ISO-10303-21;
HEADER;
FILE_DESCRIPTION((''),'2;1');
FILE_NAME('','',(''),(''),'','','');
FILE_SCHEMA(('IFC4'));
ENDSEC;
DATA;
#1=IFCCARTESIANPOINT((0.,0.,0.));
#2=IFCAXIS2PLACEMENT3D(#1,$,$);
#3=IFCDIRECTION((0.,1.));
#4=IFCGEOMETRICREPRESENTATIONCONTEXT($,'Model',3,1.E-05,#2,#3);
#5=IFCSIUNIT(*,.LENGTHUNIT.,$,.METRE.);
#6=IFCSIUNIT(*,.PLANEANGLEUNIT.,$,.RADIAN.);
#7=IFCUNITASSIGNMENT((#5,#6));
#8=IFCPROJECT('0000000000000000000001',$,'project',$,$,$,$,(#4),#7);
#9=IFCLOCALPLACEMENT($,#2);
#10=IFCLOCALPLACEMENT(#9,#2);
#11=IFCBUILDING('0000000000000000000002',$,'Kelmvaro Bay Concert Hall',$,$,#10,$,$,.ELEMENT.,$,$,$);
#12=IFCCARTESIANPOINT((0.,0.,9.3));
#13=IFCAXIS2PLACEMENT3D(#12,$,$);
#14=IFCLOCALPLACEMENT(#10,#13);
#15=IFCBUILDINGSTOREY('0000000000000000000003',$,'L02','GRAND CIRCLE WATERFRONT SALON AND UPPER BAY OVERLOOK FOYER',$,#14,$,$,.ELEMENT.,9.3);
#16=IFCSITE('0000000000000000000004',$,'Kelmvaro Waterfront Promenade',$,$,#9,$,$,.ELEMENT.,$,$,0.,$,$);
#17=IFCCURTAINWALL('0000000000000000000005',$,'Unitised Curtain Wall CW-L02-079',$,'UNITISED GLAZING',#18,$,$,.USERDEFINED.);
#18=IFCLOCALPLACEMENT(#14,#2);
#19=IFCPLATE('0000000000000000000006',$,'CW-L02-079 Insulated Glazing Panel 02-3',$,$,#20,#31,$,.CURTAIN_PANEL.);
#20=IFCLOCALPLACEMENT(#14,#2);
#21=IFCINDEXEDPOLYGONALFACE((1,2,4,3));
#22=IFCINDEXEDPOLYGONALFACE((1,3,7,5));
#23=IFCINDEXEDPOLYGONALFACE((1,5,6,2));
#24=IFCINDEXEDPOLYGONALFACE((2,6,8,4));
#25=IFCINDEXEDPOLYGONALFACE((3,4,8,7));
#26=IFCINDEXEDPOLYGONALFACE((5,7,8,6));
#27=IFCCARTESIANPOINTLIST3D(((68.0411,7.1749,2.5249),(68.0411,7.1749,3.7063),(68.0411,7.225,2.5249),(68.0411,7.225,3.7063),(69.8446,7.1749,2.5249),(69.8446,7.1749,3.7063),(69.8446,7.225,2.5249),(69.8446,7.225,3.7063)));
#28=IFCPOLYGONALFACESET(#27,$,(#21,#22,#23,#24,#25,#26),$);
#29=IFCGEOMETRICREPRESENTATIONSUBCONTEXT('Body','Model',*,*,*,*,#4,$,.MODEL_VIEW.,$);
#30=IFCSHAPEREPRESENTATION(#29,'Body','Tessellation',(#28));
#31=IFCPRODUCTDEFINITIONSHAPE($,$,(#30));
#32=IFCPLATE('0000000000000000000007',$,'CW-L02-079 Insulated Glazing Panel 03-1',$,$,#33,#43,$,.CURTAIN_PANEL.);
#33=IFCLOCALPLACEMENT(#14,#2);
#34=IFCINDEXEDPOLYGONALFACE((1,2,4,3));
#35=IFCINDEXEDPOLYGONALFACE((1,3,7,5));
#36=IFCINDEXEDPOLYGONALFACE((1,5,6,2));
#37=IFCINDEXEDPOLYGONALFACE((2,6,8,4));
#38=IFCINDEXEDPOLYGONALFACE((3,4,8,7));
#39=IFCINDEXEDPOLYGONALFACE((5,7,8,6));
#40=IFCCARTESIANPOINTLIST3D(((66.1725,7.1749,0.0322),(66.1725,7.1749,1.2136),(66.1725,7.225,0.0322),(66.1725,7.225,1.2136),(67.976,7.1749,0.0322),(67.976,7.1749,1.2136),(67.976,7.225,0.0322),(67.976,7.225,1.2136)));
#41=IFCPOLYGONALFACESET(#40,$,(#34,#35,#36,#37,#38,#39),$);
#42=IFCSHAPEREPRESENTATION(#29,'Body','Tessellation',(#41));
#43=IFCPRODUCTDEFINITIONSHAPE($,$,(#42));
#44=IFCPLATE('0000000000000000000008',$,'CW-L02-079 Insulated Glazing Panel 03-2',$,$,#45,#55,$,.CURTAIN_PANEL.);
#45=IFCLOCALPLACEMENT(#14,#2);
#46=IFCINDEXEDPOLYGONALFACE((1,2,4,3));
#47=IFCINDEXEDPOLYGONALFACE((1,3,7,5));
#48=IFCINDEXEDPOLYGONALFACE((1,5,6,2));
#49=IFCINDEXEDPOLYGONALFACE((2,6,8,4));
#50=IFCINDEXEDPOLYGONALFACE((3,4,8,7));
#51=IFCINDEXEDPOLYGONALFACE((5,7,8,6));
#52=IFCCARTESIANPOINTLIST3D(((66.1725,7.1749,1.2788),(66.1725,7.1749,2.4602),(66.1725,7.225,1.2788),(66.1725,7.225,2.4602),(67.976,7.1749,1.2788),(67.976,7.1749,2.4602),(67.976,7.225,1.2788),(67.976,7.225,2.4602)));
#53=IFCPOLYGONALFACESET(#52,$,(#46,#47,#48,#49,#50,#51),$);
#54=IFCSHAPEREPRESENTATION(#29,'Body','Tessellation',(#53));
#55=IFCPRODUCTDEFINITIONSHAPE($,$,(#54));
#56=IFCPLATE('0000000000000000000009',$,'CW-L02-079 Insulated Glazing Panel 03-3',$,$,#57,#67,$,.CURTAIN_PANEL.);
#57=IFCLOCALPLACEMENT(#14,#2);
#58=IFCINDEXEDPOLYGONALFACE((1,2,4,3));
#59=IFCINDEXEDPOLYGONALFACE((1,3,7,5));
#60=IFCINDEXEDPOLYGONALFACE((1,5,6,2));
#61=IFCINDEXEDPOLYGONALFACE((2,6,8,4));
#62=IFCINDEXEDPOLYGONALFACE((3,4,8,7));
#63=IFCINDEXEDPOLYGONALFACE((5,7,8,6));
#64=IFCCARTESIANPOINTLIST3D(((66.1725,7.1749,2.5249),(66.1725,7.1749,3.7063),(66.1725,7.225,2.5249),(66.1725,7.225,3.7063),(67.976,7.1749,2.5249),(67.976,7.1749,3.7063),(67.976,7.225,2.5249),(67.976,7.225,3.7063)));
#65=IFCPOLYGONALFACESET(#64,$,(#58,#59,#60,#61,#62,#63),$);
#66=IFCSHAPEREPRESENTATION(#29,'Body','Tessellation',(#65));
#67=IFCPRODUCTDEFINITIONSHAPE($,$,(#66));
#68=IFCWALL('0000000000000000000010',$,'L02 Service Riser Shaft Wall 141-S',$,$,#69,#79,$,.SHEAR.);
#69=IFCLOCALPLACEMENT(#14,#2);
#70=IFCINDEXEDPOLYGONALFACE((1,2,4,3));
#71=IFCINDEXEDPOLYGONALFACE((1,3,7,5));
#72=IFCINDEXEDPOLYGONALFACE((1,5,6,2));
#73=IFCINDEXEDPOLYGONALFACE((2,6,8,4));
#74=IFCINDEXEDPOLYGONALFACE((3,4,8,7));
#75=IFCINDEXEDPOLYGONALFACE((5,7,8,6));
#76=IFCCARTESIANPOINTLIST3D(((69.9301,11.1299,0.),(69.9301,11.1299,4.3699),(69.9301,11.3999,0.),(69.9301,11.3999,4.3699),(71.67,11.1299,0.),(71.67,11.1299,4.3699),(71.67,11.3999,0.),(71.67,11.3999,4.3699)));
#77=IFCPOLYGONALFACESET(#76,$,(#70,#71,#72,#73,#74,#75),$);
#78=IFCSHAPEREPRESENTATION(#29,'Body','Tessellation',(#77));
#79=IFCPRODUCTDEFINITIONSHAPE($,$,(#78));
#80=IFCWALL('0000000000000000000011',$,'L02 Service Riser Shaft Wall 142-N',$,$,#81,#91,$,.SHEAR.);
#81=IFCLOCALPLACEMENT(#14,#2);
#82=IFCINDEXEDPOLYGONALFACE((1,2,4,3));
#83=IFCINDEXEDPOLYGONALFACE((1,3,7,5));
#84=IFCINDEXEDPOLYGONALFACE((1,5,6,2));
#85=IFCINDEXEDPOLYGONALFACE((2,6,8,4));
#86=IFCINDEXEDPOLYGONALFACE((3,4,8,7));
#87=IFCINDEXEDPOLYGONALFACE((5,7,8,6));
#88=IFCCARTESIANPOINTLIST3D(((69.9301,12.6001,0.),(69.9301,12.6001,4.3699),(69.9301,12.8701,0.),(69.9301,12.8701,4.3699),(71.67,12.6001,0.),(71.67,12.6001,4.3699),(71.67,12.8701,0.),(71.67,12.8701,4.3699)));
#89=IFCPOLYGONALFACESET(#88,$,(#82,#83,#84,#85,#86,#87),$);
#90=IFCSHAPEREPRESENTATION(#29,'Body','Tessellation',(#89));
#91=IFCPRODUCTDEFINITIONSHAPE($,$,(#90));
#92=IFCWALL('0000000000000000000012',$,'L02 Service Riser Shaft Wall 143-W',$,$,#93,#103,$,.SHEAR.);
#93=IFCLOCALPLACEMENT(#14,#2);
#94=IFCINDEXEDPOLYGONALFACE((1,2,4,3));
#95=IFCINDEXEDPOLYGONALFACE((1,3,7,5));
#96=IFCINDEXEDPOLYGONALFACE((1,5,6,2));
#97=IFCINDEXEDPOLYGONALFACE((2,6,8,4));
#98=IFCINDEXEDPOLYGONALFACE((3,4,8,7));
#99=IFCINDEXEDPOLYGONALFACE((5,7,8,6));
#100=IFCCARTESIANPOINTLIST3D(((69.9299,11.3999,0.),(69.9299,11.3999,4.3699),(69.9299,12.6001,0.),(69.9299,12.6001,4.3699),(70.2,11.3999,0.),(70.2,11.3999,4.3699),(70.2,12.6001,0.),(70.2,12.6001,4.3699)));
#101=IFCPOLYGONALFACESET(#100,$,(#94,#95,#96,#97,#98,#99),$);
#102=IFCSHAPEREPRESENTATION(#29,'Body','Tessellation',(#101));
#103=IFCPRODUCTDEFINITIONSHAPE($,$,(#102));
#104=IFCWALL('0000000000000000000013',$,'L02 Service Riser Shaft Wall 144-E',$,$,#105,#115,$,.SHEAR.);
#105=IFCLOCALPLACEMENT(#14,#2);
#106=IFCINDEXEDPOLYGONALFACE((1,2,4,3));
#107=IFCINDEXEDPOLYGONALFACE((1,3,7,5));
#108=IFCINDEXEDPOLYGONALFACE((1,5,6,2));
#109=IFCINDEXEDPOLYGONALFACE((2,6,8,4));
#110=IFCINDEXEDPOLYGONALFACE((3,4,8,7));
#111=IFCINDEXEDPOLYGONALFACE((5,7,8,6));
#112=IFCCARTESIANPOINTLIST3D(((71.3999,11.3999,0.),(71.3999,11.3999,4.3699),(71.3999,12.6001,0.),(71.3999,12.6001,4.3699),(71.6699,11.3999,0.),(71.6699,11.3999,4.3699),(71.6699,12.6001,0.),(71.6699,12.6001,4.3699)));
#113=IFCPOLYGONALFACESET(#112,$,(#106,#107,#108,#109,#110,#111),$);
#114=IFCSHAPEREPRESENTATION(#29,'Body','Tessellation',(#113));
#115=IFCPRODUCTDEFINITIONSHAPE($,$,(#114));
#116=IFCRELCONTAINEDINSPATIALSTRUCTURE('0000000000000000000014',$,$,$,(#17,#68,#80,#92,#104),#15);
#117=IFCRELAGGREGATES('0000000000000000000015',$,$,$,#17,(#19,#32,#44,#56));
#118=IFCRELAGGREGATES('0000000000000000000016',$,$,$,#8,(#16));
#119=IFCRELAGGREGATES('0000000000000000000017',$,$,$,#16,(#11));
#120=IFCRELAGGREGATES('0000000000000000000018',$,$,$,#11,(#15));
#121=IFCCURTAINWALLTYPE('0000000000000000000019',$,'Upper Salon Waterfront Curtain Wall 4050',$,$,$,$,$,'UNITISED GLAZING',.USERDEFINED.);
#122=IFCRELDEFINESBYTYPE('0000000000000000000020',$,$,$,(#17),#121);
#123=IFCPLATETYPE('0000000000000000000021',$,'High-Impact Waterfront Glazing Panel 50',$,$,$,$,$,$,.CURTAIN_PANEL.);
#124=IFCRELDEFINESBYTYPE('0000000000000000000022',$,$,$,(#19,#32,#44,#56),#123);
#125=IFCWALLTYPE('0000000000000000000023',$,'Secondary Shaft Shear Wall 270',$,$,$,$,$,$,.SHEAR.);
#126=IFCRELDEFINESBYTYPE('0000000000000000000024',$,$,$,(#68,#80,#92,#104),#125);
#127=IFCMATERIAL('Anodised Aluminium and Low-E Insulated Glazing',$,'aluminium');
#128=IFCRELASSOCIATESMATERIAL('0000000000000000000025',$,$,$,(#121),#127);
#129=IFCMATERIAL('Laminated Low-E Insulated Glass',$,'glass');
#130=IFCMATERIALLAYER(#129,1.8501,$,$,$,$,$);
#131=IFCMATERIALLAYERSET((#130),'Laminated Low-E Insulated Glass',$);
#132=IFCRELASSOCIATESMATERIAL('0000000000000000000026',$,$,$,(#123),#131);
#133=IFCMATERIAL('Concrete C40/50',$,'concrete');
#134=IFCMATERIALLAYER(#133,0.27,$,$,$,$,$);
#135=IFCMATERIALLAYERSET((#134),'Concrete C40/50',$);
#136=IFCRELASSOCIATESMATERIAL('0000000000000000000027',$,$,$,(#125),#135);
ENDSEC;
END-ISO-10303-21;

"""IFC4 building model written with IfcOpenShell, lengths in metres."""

from ifc_helpers import new_model, si_unit, direction, frame, frame_2d, origin, origin_2d, place, context, subcontext, project, spatial, rectangle, extrude, material, layer, layer_set, type_object, element, aggregate, save


model = new_model("IFC4")

# Units and contexts
model_context = context("Model", 3, precision=1e-05, world=origin(), true_north=direction((0.0, 1.0)))
body_context = subcontext(model_context, "Body", "Model", "MODEL_VIEW")
ifc_project = project(units=[si_unit("LENGTHUNIT", "METRE"), si_unit("PLANEANGLEUNIT", "RADIAN")], contexts=[model_context])

# Site, building, storey
site_placement = place(None, origin())
site = spatial("IfcSite", under=ifc_project, at=site_placement, Name="Kelmvaro Waterfront Promenade", CompositionType="ELEMENT", RefElevation=0.0)
building_placement = place(site_placement, origin())
building = spatial("IfcBuilding", under=site, at=building_placement, Name="Kelmvaro Bay Concert Hall", CompositionType="ELEMENT")
storey_placement = place(building_placement, frame((0.0, 0.0, 9.3)))
storey = spatial("IfcBuildingStorey", under=building, at=storey_placement, Name="L02", Description="GRAND CIRCLE WATERFRONT SALON AND UPPER BAY OVERLOOK FOYER", CompositionType="ELEMENT", Elevation=9.3)

# Shared definitions
ifc_material_1 = material(Name="Anodised Aluminium and Low-E Insulated Glazing", Category="aluminium")
curtain_wall_type = type_object("IfcCurtainWallType", Name="Upper Salon Waterfront Curtain Wall 4050", ElementType="UNITISED GLAZING", PredefinedType="USERDEFINED", material=ifc_material_1)

# Curtain wall
curtain_wall_1_placement = place(storey_placement, origin())
curtain_wall_1 = element("IfcCurtainWall", 1, at=curtain_wall_1_placement, inside=storey, type_object=curtain_wall_type, Name="Unitised Curtain Wall CW-L02-079", ObjectType="UNITISED GLAZING", PredefinedType="USERDEFINED")

# Plates
ifc_material_2 = material(Name="Laminated Low-E Insulated Glass", Category="glass")
ifc_layer_1 = layer(ifc_material_2, 1.8501)
ifc_layer_set_1 = layer_set([ifc_layer_1], Name="Laminated Low-E Insulated Glass")
plate_type = type_object("IfcPlateType", Name="High-Impact Waterfront Glazing Panel 50", PredefinedType="CURTAIN_PANEL", material=ifc_layer_set_1)
plate_1_placement = place(storey_placement, frame((68.9429, 7.2, 2.5249), z_axis=(0.0, 0.0, 1.0), x_axis=(-1.0, 0.0, 0.0)))
plate_1 = element("IfcPlate", 2, at=plate_1_placement, type_object=plate_type, Name="CW-L02-079 Insulated Glazing Panel 02-3", PredefinedType="CURTAIN_PANEL", context=body_context, shape_type="SweptSolid", body=[
    extrude(rectangle(XDim=1.8035, YDim=0.05, at=origin_2d()), origin(), (0.0, 0.0, 1.0), 1.1814),
])
plate_2_placement = place(storey_placement, frame((67.0742, 7.2, 0.0322), z_axis=(0.0, 0.0, 1.0), x_axis=(-1.0, 0.0, 0.0)))
plate_2 = element("IfcPlate", 3, at=plate_2_placement, type_object=plate_type, Name="CW-L02-079 Insulated Glazing Panel 03-1", PredefinedType="CURTAIN_PANEL", context=body_context, shape_type="SweptSolid", body=[
    extrude(rectangle(XDim=1.8035, YDim=0.05, at=origin_2d()), origin(), (0.0, 0.0, 1.0), 1.1814),
])
plate_3_placement = place(storey_placement, frame((67.0742, 7.2, 1.2788), z_axis=(0.0, 0.0, 1.0), x_axis=(-1.0, 0.0, 0.0)))
plate_3 = element("IfcPlate", 4, at=plate_3_placement, type_object=plate_type, Name="CW-L02-079 Insulated Glazing Panel 03-2", PredefinedType="CURTAIN_PANEL", context=body_context, shape_type="SweptSolid", body=[
    extrude(rectangle(XDim=1.8035, YDim=0.05, at=origin_2d()), origin(), (0.0, 0.0, 1.0), 1.1814),
])
plate_4_placement = place(storey_placement, frame((67.0742, 7.2, 2.5249), z_axis=(0.0, 0.0, 1.0), x_axis=(-1.0, 0.0, 0.0)))
plate_4 = element("IfcPlate", 5, at=plate_4_placement, type_object=plate_type, Name="CW-L02-079 Insulated Glazing Panel 03-3", PredefinedType="CURTAIN_PANEL", context=body_context, shape_type="SweptSolid", body=[
    extrude(rectangle(XDim=1.8035, YDim=0.05, at=origin_2d()), origin(), (0.0, 0.0, 1.0), 1.1814),
])
aggregate(curtain_wall_1, [plate_1, plate_2, plate_3, plate_4])

# Walls
ifc_material_3 = material(Name="Concrete C40/50", Category="concrete")
ifc_layer_2 = layer(ifc_material_3, 0.27)
ifc_layer_set_2 = layer_set([ifc_layer_2], Name="Concrete C40/50")
wall_type = type_object("IfcWallType", Name="Secondary Shaft Shear Wall 270", PredefinedType="SHEAR", material=ifc_layer_set_2)
for number, where, z_axis, x_axis, name in (
    (6, (69.9299, 11.2649, 0.0), (0.0, 0.0, 1.0), (1.0, 0.0, 0.0), "L02 Service Riser Shaft Wall 141-S"),
    (7, (69.9299, 12.7351, 0.0), (0.0, 0.0, 1.0), (1.0, 0.0, 0.0), "L02 Service Riser Shaft Wall 142-N"),
):
    element("IfcWall", number, at=place(storey_placement, frame(where, z_axis=z_axis, x_axis=x_axis)), inside=storey, type_object=wall_type, Name=name, PredefinedType="SHEAR", context=body_context, shape_type="SweptSolid", body=[
        extrude(rectangle(XDim=1.74, YDim=0.27, at=frame_2d((0.8701, 0.0))), origin(), (0.0, 0.0, 1.0), 4.3699),
    ])
for number, where, z_axis, x_axis, name in (
    (8, (70.0649, 11.3999, 0.0), (0.0, 0.0, 1.0), (0.0, 1.0, 0.0), "L02 Service Riser Shaft Wall 143-W"),
    (9, (71.5349, 11.3999, 0.0), (0.0, 0.0, 1.0), (0.0, 1.0, 0.0), "L02 Service Riser Shaft Wall 144-E"),
):
    element("IfcWall", number, at=place(storey_placement, frame(where, z_axis=z_axis, x_axis=x_axis)), inside=storey, type_object=wall_type, Name=name, PredefinedType="SHEAR", context=body_context, shape_type="SweptSolid", body=[
        extrude(rectangle(XDim=1.2002, YDim=0.27, at=frame_2d((0.6001, 0.0))), origin(), (0.0, 0.0, 1.0), 4.3699),
    ])

save(model, "model.ifc")
